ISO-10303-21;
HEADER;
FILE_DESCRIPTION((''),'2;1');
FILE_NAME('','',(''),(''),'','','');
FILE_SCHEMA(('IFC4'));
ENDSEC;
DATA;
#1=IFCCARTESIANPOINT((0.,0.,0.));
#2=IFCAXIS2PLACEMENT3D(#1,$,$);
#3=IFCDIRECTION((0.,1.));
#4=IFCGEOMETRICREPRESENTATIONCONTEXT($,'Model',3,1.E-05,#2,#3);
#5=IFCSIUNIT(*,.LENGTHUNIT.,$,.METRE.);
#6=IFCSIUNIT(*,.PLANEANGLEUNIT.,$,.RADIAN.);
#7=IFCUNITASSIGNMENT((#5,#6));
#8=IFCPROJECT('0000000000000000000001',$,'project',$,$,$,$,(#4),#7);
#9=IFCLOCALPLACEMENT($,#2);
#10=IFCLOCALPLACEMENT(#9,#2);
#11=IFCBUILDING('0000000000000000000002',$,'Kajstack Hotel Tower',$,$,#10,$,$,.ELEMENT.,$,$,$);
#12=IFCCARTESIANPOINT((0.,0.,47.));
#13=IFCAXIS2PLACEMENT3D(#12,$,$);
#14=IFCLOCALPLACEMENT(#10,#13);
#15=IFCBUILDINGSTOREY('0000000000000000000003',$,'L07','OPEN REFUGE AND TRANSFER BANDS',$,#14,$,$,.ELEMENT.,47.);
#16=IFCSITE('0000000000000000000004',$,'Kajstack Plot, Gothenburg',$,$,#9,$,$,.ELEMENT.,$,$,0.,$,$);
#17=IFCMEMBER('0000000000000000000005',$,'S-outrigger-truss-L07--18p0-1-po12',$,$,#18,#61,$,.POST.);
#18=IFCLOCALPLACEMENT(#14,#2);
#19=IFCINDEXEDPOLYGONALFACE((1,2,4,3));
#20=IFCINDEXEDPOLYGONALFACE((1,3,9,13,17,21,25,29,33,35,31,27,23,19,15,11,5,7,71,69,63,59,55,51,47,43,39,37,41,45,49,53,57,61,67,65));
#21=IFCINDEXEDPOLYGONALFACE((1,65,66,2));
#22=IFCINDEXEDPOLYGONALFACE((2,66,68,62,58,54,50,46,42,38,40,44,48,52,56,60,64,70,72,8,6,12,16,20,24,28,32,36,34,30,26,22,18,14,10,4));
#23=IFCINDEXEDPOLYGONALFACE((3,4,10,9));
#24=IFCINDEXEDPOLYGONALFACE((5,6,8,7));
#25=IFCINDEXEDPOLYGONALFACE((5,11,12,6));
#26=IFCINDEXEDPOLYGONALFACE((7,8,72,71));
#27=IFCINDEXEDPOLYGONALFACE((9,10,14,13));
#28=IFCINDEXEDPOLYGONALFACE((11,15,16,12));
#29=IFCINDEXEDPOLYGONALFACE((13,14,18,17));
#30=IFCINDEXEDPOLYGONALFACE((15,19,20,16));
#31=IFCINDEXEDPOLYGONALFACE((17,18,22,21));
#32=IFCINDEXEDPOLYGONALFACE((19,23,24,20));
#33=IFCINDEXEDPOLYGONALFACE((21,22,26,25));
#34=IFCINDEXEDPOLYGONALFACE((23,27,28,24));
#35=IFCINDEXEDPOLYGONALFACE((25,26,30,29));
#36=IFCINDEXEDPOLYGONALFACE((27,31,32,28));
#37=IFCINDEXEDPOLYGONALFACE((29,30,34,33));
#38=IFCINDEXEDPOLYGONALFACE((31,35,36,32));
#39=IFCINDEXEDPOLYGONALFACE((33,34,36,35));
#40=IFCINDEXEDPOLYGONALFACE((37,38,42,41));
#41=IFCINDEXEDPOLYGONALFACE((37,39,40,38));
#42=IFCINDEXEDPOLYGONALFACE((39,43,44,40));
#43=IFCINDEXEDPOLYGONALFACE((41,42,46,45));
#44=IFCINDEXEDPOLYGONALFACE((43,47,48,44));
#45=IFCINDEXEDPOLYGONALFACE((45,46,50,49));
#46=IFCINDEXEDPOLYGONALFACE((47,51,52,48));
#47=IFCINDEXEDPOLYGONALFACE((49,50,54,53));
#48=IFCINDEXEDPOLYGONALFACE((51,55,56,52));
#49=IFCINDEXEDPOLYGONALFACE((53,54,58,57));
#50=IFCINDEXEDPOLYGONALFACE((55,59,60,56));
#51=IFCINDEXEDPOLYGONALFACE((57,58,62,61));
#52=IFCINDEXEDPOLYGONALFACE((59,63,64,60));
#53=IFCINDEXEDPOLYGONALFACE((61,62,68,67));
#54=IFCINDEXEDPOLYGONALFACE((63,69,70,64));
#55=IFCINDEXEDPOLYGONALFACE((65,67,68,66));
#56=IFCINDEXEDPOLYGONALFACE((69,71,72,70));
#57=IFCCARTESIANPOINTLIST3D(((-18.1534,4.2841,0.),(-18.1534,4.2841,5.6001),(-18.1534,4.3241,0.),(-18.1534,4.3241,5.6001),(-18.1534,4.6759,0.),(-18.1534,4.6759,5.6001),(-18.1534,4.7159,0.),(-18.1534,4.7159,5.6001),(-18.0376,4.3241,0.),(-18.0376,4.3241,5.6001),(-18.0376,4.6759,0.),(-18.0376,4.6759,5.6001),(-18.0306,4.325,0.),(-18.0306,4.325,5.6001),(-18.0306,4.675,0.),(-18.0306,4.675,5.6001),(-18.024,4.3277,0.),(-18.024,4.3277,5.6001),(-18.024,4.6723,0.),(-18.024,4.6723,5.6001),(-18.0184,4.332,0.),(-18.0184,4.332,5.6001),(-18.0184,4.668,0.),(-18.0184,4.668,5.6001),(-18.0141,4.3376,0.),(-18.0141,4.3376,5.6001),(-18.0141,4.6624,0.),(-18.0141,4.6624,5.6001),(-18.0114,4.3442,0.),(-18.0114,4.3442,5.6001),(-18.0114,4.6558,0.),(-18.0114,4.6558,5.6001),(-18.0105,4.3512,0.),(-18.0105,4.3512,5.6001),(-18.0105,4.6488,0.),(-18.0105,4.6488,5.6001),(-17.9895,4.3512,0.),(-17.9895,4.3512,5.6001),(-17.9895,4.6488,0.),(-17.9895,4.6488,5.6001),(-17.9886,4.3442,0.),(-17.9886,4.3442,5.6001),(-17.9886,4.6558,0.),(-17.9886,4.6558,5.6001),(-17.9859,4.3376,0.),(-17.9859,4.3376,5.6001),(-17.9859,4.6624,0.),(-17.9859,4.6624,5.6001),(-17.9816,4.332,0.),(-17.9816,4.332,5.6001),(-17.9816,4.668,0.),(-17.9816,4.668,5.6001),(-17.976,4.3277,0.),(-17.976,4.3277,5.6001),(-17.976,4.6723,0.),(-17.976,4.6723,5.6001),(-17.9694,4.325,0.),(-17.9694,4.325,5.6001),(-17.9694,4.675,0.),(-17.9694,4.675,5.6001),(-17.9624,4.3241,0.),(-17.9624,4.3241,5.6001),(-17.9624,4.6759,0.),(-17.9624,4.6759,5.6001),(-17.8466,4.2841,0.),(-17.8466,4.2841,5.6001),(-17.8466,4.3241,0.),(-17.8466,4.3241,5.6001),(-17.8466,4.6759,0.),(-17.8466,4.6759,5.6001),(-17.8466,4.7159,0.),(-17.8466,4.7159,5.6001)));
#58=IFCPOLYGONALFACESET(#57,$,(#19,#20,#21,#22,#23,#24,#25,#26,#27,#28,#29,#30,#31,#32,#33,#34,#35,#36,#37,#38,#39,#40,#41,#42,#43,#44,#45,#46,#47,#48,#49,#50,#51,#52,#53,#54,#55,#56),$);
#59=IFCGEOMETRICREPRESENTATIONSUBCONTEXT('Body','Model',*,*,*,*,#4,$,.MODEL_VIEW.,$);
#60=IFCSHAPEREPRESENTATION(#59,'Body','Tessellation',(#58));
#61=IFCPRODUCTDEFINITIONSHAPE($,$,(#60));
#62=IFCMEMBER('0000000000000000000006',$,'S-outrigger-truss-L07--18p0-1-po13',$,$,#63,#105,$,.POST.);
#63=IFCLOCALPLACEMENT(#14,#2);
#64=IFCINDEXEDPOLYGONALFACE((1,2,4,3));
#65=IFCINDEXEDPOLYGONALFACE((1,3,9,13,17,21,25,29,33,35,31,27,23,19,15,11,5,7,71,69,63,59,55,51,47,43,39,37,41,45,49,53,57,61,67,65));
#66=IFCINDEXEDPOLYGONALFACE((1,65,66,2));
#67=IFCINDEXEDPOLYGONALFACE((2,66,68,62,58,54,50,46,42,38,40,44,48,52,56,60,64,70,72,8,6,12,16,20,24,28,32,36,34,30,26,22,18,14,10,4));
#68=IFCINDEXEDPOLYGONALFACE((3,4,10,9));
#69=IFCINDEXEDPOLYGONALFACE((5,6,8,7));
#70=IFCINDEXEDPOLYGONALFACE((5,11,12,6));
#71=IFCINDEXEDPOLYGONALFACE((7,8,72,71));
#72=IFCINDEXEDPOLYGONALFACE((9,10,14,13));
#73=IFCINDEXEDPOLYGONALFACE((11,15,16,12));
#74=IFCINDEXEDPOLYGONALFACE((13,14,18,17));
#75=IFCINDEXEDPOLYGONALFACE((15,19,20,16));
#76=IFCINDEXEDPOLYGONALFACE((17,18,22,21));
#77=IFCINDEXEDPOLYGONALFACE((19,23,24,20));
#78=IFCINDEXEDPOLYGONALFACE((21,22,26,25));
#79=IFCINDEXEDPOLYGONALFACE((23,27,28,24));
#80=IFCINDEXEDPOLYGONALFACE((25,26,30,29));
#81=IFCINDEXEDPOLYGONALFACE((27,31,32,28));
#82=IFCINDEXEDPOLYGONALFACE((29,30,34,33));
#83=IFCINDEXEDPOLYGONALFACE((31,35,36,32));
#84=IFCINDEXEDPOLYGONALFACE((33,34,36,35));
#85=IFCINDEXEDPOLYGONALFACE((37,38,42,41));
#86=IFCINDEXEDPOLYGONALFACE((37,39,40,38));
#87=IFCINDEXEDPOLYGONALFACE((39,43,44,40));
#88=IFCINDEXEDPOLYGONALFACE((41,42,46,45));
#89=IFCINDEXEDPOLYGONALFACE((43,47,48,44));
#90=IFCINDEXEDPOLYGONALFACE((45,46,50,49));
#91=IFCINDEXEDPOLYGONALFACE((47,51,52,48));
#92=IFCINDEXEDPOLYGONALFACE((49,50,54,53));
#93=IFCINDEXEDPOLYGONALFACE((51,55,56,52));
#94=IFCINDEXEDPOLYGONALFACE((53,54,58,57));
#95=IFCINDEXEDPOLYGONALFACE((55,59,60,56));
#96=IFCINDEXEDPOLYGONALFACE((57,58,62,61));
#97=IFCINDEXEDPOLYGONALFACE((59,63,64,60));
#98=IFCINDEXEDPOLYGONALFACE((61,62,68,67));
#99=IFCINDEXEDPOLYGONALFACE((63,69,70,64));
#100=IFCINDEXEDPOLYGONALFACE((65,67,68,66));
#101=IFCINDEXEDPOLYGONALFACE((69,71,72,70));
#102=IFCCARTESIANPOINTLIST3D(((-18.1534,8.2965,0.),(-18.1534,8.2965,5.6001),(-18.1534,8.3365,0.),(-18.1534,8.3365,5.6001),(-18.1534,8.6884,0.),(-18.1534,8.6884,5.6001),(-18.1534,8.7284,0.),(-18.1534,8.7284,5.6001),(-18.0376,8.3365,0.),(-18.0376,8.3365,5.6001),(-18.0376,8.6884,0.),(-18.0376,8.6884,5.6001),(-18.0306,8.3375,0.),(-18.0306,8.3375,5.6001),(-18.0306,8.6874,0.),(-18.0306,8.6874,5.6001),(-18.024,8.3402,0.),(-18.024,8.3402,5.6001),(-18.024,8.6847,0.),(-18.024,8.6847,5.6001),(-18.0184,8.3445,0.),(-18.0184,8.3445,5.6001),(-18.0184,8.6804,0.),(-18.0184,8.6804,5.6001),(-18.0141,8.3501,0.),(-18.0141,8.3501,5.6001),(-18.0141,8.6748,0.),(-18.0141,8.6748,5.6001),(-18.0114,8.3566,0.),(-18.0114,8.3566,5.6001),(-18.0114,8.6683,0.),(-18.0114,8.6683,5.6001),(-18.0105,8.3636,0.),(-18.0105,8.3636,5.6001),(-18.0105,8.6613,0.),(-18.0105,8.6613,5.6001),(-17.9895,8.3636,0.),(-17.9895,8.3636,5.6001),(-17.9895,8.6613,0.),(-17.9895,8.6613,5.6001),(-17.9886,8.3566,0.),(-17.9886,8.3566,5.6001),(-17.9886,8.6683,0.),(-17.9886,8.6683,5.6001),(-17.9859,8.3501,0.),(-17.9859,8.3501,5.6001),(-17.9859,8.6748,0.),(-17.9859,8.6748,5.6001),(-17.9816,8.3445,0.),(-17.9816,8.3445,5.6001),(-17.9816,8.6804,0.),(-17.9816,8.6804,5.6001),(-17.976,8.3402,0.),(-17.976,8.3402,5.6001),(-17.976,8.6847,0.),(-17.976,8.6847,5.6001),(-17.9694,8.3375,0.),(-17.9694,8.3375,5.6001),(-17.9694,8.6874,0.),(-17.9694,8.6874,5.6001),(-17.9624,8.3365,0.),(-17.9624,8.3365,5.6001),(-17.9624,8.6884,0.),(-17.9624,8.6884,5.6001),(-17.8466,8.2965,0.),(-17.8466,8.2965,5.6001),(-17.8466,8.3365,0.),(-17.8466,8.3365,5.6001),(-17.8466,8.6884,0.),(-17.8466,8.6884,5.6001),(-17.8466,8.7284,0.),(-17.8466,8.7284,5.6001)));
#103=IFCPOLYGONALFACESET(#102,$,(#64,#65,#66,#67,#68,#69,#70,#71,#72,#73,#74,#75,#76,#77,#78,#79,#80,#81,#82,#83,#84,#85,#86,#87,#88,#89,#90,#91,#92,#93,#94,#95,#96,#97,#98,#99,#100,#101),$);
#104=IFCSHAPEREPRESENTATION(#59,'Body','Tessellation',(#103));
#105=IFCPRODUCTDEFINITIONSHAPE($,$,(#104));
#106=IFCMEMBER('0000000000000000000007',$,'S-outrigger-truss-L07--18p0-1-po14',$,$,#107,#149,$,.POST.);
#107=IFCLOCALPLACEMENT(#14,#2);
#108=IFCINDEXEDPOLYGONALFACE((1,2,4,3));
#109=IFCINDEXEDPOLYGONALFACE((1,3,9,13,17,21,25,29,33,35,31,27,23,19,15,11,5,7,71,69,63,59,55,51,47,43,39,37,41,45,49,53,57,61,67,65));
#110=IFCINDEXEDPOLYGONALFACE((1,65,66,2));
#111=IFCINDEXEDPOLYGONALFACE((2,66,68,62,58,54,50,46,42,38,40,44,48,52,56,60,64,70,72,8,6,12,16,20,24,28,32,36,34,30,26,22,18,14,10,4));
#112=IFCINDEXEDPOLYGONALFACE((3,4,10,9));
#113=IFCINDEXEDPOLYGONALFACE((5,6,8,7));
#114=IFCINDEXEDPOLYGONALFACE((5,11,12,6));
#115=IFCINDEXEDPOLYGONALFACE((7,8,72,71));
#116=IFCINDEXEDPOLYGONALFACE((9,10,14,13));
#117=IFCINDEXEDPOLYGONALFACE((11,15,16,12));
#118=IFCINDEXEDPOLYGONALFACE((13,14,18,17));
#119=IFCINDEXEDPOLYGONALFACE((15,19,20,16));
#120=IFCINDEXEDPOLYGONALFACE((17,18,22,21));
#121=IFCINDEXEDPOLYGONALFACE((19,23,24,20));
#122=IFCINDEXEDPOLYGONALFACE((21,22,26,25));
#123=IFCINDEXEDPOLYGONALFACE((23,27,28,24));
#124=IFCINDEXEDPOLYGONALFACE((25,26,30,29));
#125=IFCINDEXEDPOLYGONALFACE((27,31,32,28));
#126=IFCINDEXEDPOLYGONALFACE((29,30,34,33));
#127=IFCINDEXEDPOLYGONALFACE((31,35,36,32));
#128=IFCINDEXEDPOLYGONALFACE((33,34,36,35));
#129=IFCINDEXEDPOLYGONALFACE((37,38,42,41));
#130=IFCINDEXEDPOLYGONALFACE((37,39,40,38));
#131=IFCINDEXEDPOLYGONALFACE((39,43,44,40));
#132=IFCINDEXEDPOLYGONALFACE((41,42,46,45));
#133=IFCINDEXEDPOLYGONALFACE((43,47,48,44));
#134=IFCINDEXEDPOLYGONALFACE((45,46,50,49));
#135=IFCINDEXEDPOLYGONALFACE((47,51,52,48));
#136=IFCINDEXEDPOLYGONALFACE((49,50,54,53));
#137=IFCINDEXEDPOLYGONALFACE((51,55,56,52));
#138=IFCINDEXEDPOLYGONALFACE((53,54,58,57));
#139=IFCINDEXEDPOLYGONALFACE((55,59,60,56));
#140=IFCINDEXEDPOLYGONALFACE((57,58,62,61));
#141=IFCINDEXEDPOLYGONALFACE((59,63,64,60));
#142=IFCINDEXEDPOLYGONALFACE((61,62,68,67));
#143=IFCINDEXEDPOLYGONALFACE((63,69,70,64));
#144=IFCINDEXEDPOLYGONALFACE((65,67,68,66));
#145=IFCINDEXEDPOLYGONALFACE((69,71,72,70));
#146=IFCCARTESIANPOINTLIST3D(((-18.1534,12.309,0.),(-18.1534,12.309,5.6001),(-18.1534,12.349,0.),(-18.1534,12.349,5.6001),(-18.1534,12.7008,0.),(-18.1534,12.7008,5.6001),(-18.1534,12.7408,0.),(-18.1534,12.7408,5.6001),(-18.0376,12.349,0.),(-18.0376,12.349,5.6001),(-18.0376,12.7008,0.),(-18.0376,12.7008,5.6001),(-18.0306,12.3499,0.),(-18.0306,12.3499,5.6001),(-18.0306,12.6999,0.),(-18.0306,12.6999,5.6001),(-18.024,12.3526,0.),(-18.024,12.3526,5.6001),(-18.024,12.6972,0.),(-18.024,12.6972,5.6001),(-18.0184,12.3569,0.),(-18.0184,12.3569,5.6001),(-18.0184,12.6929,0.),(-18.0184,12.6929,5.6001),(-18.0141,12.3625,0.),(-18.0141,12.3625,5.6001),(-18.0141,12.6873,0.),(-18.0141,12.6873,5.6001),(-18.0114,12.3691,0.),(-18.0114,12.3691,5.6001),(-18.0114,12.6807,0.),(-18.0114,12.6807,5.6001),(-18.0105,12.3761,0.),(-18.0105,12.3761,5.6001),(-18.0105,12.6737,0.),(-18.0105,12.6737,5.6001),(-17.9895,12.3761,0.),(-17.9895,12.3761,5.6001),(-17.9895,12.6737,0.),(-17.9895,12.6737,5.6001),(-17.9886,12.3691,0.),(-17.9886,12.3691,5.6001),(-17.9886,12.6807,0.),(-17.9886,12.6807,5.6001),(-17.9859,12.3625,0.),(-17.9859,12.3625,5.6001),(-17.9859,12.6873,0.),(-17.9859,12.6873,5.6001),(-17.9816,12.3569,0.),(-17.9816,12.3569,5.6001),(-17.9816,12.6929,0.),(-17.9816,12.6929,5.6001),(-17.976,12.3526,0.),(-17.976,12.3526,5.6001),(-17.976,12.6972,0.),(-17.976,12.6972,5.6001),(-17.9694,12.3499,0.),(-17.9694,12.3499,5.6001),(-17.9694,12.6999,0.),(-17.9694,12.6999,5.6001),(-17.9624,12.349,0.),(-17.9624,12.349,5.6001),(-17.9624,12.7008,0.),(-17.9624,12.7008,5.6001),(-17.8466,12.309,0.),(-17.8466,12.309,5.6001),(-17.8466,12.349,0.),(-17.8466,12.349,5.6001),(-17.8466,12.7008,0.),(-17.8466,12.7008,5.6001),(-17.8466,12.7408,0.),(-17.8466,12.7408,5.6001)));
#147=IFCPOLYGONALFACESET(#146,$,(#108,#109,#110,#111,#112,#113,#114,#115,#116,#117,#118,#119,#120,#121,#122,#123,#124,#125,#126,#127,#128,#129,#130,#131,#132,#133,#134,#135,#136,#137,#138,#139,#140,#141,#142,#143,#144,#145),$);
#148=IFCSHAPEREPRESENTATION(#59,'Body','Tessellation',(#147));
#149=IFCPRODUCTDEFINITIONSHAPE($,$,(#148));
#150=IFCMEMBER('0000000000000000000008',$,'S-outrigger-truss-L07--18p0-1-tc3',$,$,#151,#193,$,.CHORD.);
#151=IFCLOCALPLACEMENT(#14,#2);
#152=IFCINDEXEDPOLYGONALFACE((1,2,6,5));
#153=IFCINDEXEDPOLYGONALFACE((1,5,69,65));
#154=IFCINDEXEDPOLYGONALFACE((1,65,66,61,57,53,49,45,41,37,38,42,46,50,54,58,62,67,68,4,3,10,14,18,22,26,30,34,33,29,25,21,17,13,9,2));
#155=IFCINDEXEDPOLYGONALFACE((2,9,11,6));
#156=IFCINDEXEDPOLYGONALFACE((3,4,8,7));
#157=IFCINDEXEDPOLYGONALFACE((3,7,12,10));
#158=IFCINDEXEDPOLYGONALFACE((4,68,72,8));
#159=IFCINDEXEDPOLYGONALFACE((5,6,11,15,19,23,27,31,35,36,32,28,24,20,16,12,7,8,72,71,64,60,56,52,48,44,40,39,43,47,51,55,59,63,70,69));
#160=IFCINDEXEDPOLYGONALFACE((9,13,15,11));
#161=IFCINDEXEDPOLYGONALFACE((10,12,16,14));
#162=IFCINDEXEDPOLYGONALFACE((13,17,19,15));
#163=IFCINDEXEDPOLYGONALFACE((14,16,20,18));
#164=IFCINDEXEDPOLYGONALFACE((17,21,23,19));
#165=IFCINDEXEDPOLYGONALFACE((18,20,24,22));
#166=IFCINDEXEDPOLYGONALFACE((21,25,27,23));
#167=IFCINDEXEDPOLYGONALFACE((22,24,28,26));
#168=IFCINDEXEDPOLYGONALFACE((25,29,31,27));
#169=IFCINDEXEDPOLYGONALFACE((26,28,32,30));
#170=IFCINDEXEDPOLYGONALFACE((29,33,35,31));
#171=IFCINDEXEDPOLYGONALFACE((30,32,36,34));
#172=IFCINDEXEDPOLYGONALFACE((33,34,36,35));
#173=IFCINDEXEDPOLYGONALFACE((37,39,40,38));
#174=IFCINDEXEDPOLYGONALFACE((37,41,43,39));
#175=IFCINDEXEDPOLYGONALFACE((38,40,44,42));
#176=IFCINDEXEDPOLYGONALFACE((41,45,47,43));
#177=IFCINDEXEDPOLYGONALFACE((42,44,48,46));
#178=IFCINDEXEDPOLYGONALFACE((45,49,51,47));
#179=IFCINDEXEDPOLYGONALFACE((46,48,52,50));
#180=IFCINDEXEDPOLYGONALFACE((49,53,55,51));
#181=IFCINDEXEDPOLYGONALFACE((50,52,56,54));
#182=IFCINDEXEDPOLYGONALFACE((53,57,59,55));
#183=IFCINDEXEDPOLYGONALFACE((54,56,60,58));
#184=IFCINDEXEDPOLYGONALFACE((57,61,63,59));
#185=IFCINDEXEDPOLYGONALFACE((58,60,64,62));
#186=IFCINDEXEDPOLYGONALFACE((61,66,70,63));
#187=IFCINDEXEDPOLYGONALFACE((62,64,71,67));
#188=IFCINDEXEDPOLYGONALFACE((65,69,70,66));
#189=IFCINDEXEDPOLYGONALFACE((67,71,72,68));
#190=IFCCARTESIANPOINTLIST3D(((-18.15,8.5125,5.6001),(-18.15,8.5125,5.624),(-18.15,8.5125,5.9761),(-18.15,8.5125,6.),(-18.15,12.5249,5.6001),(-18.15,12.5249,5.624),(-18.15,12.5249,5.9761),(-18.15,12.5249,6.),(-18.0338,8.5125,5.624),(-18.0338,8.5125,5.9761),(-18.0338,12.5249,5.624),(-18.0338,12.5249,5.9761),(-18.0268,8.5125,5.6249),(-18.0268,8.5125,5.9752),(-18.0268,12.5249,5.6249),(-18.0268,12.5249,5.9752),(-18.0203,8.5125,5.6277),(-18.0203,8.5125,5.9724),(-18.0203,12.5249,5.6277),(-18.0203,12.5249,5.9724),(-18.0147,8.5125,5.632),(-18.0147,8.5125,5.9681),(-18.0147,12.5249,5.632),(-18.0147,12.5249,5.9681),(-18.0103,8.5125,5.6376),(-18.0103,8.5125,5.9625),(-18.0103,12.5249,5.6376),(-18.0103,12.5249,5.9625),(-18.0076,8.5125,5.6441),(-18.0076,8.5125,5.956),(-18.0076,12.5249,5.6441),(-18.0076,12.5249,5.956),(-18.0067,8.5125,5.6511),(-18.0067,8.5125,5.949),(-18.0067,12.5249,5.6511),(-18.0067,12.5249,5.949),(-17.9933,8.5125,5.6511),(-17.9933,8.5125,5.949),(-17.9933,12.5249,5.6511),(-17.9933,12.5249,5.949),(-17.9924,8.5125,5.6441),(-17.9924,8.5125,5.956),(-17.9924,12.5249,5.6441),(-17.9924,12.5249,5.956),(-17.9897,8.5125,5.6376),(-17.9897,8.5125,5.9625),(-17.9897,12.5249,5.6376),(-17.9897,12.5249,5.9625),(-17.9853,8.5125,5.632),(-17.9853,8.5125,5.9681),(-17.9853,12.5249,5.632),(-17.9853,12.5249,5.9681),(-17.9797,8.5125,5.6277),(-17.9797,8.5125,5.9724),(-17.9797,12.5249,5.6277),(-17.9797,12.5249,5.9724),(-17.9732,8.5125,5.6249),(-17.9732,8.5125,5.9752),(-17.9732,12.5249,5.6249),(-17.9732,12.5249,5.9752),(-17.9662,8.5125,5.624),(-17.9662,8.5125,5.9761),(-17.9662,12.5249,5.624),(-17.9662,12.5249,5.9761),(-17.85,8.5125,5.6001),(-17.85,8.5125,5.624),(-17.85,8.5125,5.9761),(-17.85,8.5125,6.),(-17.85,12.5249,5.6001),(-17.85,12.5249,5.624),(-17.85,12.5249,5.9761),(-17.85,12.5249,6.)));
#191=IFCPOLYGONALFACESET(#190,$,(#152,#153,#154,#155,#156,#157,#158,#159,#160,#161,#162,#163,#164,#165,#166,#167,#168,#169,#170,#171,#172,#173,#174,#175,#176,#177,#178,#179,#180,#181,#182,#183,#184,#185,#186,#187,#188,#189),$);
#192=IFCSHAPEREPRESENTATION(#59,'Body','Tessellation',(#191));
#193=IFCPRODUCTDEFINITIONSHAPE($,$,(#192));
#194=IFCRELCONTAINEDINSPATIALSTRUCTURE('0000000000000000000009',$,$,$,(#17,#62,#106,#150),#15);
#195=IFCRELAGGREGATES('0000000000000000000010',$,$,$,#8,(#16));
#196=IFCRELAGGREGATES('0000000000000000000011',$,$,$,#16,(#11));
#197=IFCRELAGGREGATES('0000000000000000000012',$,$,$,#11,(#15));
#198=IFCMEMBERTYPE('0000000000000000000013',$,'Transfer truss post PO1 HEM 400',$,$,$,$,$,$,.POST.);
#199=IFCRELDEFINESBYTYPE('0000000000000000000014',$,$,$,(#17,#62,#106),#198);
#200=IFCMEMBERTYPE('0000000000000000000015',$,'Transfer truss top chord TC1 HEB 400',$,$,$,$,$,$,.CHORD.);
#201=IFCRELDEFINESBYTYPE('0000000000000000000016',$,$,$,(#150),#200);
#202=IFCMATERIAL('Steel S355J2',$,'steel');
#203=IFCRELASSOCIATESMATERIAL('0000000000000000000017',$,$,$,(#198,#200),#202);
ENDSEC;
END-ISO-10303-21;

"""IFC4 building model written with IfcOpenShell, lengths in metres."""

from ifc_helpers import new_model, si_unit, direction, frame, origin, origin_2d, place, context, subcontext, project, spatial, i_section, extrude, material, material_profile, profile_set, type_object, element, save


model = new_model("IFC4")

# Units and contexts
model_context = context("Model", 3, precision=1e-05, world=origin(), true_north=direction((0.0, 1.0)))
body_context = subcontext(model_context, "Body", "Model", "MODEL_VIEW")
ifc_project = project(units=[si_unit("LENGTHUNIT", "METRE"), si_unit("PLANEANGLEUNIT", "RADIAN")], contexts=[model_context])

# Site, building, storey
site_placement = place(None, origin())
site = spatial("IfcSite", under=ifc_project, at=site_placement, Name="Kajstack Plot, Gothenburg", CompositionType="ELEMENT", RefElevation=0.0)
building_placement = place(site_placement, origin())
building = spatial("IfcBuilding", under=site, at=building_placement, Name="Kajstack Hotel Tower", CompositionType="ELEMENT")
storey_placement = place(building_placement, frame((0.0, 0.0, 47.0)))
storey = spatial("IfcBuildingStorey", under=building, at=storey_placement, Name="L07", Description="OPEN REFUGE AND TRANSFER BANDS", CompositionType="ELEMENT", Elevation=47.0)

# Members
ifc_material_1 = material(Name="Steel S355J2", Category="steel")
ifc_material_profile_1 = material_profile(ifc_material_1, i_section(OverallWidth=0.3069, OverallDepth=0.4319, WebThickness=0.021, FlangeThickness=0.04, FilletRadius=0.0271, at=origin_2d()), Name="HEM 400")
ifc_profile_set_1 = profile_set([ifc_material_profile_1], Name="Steel S355J2")
member_type_1 = type_object("IfcMemberType", Name="Transfer truss post PO1 HEM 400", PredefinedType="POST", material=ifc_profile_set_1)
for number, where, z_axis, x_axis, name in (
    (1, (-18.0, 4.5, 0.0), (0.0, 0.0, 1.0), (1.0, 0.0, 0.0), "S-outrigger-truss-L07--18p0-1-po12"),
    (2, (-18.0, 8.5125, 0.0), (0.0, 0.0, 1.0), (1.0, 0.0, 0.0), "S-outrigger-truss-L07--18p0-1-po13"),
    (3, (-18.0, 12.5249, 0.0), (0.0, 0.0, 1.0), (1.0, 0.0, 0.0), "S-outrigger-truss-L07--18p0-1-po14"),
):
    element("IfcMember", number, at=place(storey_placement, frame(where, z_axis=z_axis, x_axis=x_axis)), inside=storey, type_object=member_type_1, Name=name, PredefinedType="POST", context=body_context, shape_type="SweptSolid", body=[
        extrude(i_section(OverallWidth=0.3069, OverallDepth=0.4319, WebThickness=0.021, FlangeThickness=0.04, FilletRadius=0.0271, at=origin_2d()), origin(), (0.0, 0.0, 1.0), 5.6001),
    ])
ifc_material_profile_2 = material_profile(ifc_material_1, i_section(OverallWidth=0.3, OverallDepth=0.3999, WebThickness=0.0134, FlangeThickness=0.0239, FilletRadius=0.0271, at=origin_2d()), Name="HEB 400")
ifc_profile_set_2 = profile_set([ifc_material_profile_2], Name="Steel S355J2")
member_type_2 = type_object("IfcMemberType", Name="Transfer truss top chord TC1 HEB 400", PredefinedType="CHORD", material=ifc_profile_set_2)
member_1_placement = place(storey_placement, frame((-18.0, 8.5125, 5.8), z_axis=(0.0, 1.0, 0.0), x_axis=(-1.0, 0.0, 0.0)))
element("IfcMember", 4, at=member_1_placement, inside=storey, type_object=member_type_2, Name="S-outrigger-truss-L07--18p0-1-tc3", PredefinedType="CHORD", context=body_context, shape_type="SweptSolid", body=[
    extrude(i_section(OverallWidth=0.3, OverallDepth=0.3999, WebThickness=0.0134, FlangeThickness=0.0239, FilletRadius=0.0271, at=origin_2d()), origin(), (0.0, 0.0, 1.0), 4.0125),
])

save(model, "model.ifc")
